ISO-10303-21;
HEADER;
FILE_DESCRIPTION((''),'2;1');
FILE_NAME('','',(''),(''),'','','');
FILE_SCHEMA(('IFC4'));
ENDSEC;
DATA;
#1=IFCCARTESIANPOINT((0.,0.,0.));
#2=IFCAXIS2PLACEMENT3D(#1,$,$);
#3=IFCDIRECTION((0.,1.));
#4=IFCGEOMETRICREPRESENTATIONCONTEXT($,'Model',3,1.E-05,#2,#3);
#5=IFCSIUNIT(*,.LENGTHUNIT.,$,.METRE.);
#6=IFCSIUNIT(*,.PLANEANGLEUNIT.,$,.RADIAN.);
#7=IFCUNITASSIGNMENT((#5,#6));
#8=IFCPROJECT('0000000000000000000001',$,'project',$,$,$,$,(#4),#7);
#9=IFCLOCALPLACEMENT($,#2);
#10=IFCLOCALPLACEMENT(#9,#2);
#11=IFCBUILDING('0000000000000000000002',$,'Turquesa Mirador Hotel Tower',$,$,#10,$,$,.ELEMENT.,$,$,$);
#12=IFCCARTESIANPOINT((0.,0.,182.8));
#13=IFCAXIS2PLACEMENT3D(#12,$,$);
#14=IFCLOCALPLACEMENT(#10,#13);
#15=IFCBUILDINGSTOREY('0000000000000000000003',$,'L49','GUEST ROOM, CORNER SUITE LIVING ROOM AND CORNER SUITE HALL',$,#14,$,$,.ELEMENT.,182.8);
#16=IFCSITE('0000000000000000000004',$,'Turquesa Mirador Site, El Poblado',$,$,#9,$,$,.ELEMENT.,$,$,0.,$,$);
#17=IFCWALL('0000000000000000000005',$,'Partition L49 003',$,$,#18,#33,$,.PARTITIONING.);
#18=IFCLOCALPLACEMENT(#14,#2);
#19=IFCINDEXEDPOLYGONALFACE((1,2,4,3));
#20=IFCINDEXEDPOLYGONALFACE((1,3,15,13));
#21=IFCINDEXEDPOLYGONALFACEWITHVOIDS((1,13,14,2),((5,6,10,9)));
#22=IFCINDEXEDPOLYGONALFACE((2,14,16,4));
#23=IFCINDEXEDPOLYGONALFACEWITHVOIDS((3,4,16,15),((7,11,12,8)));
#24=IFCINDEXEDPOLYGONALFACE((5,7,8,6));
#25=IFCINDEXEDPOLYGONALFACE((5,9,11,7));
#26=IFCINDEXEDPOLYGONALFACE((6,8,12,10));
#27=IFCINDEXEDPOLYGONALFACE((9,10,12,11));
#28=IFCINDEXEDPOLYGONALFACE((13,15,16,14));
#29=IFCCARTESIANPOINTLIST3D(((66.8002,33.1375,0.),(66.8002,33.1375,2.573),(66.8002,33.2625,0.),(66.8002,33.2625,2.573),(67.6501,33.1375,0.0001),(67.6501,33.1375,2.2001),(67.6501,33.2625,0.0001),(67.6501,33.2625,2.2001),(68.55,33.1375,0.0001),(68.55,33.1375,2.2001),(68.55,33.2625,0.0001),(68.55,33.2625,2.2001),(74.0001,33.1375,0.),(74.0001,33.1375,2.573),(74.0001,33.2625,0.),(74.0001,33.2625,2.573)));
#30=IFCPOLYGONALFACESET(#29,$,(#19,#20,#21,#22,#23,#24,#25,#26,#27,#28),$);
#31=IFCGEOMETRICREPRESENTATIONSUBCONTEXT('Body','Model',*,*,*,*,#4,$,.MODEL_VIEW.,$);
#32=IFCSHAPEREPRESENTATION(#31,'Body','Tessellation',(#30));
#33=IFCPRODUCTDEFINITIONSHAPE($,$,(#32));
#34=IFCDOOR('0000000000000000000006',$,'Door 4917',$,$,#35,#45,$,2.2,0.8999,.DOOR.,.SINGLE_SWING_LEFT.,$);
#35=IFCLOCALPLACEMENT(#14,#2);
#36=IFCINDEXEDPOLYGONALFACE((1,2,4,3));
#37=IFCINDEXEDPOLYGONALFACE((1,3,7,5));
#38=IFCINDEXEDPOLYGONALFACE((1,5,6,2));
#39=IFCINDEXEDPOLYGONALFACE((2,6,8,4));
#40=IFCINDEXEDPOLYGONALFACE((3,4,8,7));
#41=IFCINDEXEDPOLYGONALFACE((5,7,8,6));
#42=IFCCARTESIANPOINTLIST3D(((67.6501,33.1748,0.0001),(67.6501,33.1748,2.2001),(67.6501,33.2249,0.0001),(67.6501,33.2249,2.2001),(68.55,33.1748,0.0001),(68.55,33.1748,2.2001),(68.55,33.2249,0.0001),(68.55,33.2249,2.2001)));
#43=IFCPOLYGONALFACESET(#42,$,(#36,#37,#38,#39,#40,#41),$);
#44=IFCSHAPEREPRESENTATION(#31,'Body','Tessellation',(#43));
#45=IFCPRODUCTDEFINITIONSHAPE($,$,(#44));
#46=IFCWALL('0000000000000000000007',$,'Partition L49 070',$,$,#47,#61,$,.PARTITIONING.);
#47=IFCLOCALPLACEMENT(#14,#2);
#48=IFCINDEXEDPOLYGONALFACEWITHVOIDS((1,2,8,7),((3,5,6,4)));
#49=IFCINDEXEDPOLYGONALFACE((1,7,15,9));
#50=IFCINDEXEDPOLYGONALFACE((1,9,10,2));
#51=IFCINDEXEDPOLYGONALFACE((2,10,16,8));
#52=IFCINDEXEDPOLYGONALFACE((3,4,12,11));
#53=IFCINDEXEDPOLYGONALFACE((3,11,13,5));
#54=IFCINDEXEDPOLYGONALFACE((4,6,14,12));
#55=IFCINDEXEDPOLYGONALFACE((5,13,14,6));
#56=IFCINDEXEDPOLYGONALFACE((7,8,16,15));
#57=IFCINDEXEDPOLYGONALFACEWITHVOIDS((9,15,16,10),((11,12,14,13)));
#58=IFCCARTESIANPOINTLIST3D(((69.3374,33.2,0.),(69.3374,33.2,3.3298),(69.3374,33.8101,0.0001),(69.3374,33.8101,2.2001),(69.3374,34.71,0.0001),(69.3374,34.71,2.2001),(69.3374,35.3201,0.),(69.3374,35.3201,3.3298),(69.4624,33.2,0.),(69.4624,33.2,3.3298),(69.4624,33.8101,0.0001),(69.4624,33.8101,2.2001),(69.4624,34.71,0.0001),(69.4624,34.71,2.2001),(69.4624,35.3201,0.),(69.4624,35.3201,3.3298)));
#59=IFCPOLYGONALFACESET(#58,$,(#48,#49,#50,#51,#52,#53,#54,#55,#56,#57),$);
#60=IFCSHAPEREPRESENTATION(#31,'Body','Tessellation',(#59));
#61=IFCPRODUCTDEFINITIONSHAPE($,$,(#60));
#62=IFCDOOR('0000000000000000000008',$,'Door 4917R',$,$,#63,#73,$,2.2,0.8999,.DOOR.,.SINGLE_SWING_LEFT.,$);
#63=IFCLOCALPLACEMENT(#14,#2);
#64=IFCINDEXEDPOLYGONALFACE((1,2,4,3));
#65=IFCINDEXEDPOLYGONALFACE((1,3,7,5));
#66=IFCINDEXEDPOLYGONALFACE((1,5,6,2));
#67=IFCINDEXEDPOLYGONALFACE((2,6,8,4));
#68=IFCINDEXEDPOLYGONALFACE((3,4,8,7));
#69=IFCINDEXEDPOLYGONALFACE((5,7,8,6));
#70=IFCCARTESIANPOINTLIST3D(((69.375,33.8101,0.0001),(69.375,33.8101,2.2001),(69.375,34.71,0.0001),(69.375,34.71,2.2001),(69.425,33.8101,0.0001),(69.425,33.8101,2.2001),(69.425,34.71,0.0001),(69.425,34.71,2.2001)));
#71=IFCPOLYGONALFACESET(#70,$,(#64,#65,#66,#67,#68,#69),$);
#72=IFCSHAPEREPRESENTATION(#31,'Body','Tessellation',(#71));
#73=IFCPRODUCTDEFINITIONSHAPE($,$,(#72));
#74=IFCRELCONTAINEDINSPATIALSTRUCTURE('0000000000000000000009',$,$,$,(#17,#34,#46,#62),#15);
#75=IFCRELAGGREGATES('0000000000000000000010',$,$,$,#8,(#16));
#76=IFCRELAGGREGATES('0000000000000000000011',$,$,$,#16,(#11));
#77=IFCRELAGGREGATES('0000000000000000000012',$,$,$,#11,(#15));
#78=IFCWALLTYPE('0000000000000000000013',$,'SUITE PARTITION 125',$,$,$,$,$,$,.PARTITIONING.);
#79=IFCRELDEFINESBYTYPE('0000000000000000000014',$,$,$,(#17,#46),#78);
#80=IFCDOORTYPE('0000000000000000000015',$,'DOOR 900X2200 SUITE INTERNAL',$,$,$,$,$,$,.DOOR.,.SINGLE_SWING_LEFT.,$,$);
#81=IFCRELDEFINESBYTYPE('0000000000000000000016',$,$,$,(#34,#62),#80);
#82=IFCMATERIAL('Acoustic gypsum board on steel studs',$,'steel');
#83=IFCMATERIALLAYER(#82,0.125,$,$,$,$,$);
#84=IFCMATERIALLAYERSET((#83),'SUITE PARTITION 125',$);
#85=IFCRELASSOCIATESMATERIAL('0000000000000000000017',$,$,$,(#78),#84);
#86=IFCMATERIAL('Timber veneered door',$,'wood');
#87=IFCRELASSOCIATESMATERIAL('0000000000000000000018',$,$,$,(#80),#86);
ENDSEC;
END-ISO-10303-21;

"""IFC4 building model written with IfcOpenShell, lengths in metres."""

from ifc_helpers import new_model, si_unit, direction, frame, frame_2d, origin, place, context, subcontext, project, spatial, rectangle, extrude, material, layer, layer_set, type_object, element, fill, save


model = new_model("IFC4")

# Units and contexts
model_context = context("Model", 3, precision=1e-05, world=origin(), true_north=direction((0.0, 1.0)))
body_context = subcontext(model_context, "Body", "Model", "MODEL_VIEW")
ifc_project = project(units=[si_unit("LENGTHUNIT", "METRE"), si_unit("PLANEANGLEUNIT", "RADIAN")], contexts=[model_context])

# Site, building, storey
site_placement = place(None, origin())
site = spatial("IfcSite", under=ifc_project, at=site_placement, Name="Turquesa Mirador Site, El Poblado", CompositionType="ELEMENT", RefElevation=0.0)
building_placement = place(site_placement, origin())
building = spatial("IfcBuilding", under=site, at=building_placement, Name="Turquesa Mirador Hotel Tower", CompositionType="ELEMENT")
storey_placement = place(building_placement, frame((0.0, 0.0, 182.8)))
storey = spatial("IfcBuildingStorey", under=building, at=storey_placement, Name="L49", Description="GUEST ROOM, CORNER SUITE LIVING ROOM AND CORNER SUITE HALL", CompositionType="ELEMENT", Elevation=182.8)

# Walls, openings, doors
ifc_material_1 = material(Name="Acoustic gypsum board on steel studs", Category="steel")
ifc_layer_1 = layer(ifc_material_1, 0.125)
ifc_layer_set_1 = layer_set([ifc_layer_1], Name="SUITE PARTITION 125")
wall_type_1 = type_object("IfcWallType", Name="SUITE PARTITION 125", PredefinedType="PARTITIONING", material=ifc_layer_set_1)
wall_1_placement = place(storey_placement, frame((66.8, 33.2, 0.0), z_axis=(0.0, 0.0, 1.0), x_axis=(1.0, 0.0, 0.0)))
wall_1 = element("IfcWall", 1, at=wall_1_placement, inside=storey, type_object=wall_type_1, Name="Partition L49 003", PredefinedType="PARTITIONING", context=body_context, shape_type="SweptSolid", body=[
    extrude(rectangle(XDim=7.2, YDim=0.125, at=frame_2d((3.6001, 0.0))), origin(), (0.0, 0.0, 1.0), 2.573),
])
opening_1_placement = place(wall_1_placement, frame((0.8501, 0.0, 0.0)))
opening_1 = element("IfcOpeningElement", 2, at=opening_1_placement, cuts=wall_1, PredefinedType="OPENING", context=body_context, shape_type="SweptSolid", body=[
    extrude(rectangle(XDim=0.8999, YDim=2.2, at=frame_2d((0.45, 1.1001))), frame((0.0, 0.0725, 0.0), z_axis=(0.0, -1.0, 0.0), x_axis=(1.0, 0.0, 0.0)), (0.0, 0.0, 1.0), 0.145),
])
ifc_material_2 = material(Name="Timber veneered door", Category="wood")
door_type_1 = type_object("IfcDoorType", Name="DOOR 900X2200 SUITE INTERNAL", OperationType="SINGLE_SWING_LEFT", PredefinedType="DOOR", material=ifc_material_2)
door_1_placement = place(opening_1_placement, origin())
door_1 = element("IfcDoor", 3, at=door_1_placement, inside=storey, type_object=door_type_1, Name="Door 4917", OperationType="SINGLE_SWING_LEFT", OverallHeight=2.2, OverallWidth=0.8999, PredefinedType="DOOR", context=body_context, shape_type="SweptSolid", body=[
    extrude(rectangle(XDim=0.8999, YDim=2.2, at=frame_2d((0.45, 1.1001))), frame((0.0, 0.0249, 0.0), z_axis=(0.0, -1.0, 0.0), x_axis=(1.0, 0.0, 0.0)), (0.0, 0.0, 1.0), 0.05),
])
fill(opening_1, door_1)
wall_2_placement = place(storey_placement, frame((69.3999, 33.2, 0.0), z_axis=(0.0, 0.0, 1.0), x_axis=(0.0, 1.0, 0.0)))
wall_2 = element("IfcWall", 4, at=wall_2_placement, inside=storey, type_object=wall_type_1, Name="Partition L49 070", PredefinedType="PARTITIONING", context=body_context, shape_type="SweptSolid", body=[
    extrude(rectangle(XDim=2.1201, YDim=0.125, at=frame_2d((1.0601, 0.0))), origin(), (0.0, 0.0, 1.0), 3.3298),
])
opening_2_placement = place(wall_2_placement, frame((0.6101, 0.0, 0.0)))
opening_2 = element("IfcOpeningElement", 5, at=opening_2_placement, cuts=wall_2, PredefinedType="OPENING", context=body_context, shape_type="SweptSolid", body=[
    extrude(rectangle(XDim=0.8999, YDim=2.2, at=frame_2d((0.45, 1.1001))), frame((0.0, 0.0725, 0.0), z_axis=(0.0, -1.0, 0.0), x_axis=(1.0, 0.0, 0.0)), (0.0, 0.0, 1.0), 0.145),
])
door_2_placement = place(opening_2_placement, origin())
door_2 = element("IfcDoor", 6, at=door_2_placement, inside=storey, type_object=door_type_1, Name="Door 4917R", OperationType="SINGLE_SWING_LEFT", OverallHeight=2.2, OverallWidth=0.8999, PredefinedType="DOOR", context=body_context, shape_type="SweptSolid", body=[
    extrude(rectangle(XDim=0.8999, YDim=2.2, at=frame_2d((0.45, 1.1001))), frame((0.0, 0.0249, 0.0), z_axis=(0.0, -1.0, 0.0), x_axis=(1.0, 0.0, 0.0)), (0.0, 0.0, 1.0), 0.05),
])
fill(opening_2, door_2)

save(model, "model.ifc")
